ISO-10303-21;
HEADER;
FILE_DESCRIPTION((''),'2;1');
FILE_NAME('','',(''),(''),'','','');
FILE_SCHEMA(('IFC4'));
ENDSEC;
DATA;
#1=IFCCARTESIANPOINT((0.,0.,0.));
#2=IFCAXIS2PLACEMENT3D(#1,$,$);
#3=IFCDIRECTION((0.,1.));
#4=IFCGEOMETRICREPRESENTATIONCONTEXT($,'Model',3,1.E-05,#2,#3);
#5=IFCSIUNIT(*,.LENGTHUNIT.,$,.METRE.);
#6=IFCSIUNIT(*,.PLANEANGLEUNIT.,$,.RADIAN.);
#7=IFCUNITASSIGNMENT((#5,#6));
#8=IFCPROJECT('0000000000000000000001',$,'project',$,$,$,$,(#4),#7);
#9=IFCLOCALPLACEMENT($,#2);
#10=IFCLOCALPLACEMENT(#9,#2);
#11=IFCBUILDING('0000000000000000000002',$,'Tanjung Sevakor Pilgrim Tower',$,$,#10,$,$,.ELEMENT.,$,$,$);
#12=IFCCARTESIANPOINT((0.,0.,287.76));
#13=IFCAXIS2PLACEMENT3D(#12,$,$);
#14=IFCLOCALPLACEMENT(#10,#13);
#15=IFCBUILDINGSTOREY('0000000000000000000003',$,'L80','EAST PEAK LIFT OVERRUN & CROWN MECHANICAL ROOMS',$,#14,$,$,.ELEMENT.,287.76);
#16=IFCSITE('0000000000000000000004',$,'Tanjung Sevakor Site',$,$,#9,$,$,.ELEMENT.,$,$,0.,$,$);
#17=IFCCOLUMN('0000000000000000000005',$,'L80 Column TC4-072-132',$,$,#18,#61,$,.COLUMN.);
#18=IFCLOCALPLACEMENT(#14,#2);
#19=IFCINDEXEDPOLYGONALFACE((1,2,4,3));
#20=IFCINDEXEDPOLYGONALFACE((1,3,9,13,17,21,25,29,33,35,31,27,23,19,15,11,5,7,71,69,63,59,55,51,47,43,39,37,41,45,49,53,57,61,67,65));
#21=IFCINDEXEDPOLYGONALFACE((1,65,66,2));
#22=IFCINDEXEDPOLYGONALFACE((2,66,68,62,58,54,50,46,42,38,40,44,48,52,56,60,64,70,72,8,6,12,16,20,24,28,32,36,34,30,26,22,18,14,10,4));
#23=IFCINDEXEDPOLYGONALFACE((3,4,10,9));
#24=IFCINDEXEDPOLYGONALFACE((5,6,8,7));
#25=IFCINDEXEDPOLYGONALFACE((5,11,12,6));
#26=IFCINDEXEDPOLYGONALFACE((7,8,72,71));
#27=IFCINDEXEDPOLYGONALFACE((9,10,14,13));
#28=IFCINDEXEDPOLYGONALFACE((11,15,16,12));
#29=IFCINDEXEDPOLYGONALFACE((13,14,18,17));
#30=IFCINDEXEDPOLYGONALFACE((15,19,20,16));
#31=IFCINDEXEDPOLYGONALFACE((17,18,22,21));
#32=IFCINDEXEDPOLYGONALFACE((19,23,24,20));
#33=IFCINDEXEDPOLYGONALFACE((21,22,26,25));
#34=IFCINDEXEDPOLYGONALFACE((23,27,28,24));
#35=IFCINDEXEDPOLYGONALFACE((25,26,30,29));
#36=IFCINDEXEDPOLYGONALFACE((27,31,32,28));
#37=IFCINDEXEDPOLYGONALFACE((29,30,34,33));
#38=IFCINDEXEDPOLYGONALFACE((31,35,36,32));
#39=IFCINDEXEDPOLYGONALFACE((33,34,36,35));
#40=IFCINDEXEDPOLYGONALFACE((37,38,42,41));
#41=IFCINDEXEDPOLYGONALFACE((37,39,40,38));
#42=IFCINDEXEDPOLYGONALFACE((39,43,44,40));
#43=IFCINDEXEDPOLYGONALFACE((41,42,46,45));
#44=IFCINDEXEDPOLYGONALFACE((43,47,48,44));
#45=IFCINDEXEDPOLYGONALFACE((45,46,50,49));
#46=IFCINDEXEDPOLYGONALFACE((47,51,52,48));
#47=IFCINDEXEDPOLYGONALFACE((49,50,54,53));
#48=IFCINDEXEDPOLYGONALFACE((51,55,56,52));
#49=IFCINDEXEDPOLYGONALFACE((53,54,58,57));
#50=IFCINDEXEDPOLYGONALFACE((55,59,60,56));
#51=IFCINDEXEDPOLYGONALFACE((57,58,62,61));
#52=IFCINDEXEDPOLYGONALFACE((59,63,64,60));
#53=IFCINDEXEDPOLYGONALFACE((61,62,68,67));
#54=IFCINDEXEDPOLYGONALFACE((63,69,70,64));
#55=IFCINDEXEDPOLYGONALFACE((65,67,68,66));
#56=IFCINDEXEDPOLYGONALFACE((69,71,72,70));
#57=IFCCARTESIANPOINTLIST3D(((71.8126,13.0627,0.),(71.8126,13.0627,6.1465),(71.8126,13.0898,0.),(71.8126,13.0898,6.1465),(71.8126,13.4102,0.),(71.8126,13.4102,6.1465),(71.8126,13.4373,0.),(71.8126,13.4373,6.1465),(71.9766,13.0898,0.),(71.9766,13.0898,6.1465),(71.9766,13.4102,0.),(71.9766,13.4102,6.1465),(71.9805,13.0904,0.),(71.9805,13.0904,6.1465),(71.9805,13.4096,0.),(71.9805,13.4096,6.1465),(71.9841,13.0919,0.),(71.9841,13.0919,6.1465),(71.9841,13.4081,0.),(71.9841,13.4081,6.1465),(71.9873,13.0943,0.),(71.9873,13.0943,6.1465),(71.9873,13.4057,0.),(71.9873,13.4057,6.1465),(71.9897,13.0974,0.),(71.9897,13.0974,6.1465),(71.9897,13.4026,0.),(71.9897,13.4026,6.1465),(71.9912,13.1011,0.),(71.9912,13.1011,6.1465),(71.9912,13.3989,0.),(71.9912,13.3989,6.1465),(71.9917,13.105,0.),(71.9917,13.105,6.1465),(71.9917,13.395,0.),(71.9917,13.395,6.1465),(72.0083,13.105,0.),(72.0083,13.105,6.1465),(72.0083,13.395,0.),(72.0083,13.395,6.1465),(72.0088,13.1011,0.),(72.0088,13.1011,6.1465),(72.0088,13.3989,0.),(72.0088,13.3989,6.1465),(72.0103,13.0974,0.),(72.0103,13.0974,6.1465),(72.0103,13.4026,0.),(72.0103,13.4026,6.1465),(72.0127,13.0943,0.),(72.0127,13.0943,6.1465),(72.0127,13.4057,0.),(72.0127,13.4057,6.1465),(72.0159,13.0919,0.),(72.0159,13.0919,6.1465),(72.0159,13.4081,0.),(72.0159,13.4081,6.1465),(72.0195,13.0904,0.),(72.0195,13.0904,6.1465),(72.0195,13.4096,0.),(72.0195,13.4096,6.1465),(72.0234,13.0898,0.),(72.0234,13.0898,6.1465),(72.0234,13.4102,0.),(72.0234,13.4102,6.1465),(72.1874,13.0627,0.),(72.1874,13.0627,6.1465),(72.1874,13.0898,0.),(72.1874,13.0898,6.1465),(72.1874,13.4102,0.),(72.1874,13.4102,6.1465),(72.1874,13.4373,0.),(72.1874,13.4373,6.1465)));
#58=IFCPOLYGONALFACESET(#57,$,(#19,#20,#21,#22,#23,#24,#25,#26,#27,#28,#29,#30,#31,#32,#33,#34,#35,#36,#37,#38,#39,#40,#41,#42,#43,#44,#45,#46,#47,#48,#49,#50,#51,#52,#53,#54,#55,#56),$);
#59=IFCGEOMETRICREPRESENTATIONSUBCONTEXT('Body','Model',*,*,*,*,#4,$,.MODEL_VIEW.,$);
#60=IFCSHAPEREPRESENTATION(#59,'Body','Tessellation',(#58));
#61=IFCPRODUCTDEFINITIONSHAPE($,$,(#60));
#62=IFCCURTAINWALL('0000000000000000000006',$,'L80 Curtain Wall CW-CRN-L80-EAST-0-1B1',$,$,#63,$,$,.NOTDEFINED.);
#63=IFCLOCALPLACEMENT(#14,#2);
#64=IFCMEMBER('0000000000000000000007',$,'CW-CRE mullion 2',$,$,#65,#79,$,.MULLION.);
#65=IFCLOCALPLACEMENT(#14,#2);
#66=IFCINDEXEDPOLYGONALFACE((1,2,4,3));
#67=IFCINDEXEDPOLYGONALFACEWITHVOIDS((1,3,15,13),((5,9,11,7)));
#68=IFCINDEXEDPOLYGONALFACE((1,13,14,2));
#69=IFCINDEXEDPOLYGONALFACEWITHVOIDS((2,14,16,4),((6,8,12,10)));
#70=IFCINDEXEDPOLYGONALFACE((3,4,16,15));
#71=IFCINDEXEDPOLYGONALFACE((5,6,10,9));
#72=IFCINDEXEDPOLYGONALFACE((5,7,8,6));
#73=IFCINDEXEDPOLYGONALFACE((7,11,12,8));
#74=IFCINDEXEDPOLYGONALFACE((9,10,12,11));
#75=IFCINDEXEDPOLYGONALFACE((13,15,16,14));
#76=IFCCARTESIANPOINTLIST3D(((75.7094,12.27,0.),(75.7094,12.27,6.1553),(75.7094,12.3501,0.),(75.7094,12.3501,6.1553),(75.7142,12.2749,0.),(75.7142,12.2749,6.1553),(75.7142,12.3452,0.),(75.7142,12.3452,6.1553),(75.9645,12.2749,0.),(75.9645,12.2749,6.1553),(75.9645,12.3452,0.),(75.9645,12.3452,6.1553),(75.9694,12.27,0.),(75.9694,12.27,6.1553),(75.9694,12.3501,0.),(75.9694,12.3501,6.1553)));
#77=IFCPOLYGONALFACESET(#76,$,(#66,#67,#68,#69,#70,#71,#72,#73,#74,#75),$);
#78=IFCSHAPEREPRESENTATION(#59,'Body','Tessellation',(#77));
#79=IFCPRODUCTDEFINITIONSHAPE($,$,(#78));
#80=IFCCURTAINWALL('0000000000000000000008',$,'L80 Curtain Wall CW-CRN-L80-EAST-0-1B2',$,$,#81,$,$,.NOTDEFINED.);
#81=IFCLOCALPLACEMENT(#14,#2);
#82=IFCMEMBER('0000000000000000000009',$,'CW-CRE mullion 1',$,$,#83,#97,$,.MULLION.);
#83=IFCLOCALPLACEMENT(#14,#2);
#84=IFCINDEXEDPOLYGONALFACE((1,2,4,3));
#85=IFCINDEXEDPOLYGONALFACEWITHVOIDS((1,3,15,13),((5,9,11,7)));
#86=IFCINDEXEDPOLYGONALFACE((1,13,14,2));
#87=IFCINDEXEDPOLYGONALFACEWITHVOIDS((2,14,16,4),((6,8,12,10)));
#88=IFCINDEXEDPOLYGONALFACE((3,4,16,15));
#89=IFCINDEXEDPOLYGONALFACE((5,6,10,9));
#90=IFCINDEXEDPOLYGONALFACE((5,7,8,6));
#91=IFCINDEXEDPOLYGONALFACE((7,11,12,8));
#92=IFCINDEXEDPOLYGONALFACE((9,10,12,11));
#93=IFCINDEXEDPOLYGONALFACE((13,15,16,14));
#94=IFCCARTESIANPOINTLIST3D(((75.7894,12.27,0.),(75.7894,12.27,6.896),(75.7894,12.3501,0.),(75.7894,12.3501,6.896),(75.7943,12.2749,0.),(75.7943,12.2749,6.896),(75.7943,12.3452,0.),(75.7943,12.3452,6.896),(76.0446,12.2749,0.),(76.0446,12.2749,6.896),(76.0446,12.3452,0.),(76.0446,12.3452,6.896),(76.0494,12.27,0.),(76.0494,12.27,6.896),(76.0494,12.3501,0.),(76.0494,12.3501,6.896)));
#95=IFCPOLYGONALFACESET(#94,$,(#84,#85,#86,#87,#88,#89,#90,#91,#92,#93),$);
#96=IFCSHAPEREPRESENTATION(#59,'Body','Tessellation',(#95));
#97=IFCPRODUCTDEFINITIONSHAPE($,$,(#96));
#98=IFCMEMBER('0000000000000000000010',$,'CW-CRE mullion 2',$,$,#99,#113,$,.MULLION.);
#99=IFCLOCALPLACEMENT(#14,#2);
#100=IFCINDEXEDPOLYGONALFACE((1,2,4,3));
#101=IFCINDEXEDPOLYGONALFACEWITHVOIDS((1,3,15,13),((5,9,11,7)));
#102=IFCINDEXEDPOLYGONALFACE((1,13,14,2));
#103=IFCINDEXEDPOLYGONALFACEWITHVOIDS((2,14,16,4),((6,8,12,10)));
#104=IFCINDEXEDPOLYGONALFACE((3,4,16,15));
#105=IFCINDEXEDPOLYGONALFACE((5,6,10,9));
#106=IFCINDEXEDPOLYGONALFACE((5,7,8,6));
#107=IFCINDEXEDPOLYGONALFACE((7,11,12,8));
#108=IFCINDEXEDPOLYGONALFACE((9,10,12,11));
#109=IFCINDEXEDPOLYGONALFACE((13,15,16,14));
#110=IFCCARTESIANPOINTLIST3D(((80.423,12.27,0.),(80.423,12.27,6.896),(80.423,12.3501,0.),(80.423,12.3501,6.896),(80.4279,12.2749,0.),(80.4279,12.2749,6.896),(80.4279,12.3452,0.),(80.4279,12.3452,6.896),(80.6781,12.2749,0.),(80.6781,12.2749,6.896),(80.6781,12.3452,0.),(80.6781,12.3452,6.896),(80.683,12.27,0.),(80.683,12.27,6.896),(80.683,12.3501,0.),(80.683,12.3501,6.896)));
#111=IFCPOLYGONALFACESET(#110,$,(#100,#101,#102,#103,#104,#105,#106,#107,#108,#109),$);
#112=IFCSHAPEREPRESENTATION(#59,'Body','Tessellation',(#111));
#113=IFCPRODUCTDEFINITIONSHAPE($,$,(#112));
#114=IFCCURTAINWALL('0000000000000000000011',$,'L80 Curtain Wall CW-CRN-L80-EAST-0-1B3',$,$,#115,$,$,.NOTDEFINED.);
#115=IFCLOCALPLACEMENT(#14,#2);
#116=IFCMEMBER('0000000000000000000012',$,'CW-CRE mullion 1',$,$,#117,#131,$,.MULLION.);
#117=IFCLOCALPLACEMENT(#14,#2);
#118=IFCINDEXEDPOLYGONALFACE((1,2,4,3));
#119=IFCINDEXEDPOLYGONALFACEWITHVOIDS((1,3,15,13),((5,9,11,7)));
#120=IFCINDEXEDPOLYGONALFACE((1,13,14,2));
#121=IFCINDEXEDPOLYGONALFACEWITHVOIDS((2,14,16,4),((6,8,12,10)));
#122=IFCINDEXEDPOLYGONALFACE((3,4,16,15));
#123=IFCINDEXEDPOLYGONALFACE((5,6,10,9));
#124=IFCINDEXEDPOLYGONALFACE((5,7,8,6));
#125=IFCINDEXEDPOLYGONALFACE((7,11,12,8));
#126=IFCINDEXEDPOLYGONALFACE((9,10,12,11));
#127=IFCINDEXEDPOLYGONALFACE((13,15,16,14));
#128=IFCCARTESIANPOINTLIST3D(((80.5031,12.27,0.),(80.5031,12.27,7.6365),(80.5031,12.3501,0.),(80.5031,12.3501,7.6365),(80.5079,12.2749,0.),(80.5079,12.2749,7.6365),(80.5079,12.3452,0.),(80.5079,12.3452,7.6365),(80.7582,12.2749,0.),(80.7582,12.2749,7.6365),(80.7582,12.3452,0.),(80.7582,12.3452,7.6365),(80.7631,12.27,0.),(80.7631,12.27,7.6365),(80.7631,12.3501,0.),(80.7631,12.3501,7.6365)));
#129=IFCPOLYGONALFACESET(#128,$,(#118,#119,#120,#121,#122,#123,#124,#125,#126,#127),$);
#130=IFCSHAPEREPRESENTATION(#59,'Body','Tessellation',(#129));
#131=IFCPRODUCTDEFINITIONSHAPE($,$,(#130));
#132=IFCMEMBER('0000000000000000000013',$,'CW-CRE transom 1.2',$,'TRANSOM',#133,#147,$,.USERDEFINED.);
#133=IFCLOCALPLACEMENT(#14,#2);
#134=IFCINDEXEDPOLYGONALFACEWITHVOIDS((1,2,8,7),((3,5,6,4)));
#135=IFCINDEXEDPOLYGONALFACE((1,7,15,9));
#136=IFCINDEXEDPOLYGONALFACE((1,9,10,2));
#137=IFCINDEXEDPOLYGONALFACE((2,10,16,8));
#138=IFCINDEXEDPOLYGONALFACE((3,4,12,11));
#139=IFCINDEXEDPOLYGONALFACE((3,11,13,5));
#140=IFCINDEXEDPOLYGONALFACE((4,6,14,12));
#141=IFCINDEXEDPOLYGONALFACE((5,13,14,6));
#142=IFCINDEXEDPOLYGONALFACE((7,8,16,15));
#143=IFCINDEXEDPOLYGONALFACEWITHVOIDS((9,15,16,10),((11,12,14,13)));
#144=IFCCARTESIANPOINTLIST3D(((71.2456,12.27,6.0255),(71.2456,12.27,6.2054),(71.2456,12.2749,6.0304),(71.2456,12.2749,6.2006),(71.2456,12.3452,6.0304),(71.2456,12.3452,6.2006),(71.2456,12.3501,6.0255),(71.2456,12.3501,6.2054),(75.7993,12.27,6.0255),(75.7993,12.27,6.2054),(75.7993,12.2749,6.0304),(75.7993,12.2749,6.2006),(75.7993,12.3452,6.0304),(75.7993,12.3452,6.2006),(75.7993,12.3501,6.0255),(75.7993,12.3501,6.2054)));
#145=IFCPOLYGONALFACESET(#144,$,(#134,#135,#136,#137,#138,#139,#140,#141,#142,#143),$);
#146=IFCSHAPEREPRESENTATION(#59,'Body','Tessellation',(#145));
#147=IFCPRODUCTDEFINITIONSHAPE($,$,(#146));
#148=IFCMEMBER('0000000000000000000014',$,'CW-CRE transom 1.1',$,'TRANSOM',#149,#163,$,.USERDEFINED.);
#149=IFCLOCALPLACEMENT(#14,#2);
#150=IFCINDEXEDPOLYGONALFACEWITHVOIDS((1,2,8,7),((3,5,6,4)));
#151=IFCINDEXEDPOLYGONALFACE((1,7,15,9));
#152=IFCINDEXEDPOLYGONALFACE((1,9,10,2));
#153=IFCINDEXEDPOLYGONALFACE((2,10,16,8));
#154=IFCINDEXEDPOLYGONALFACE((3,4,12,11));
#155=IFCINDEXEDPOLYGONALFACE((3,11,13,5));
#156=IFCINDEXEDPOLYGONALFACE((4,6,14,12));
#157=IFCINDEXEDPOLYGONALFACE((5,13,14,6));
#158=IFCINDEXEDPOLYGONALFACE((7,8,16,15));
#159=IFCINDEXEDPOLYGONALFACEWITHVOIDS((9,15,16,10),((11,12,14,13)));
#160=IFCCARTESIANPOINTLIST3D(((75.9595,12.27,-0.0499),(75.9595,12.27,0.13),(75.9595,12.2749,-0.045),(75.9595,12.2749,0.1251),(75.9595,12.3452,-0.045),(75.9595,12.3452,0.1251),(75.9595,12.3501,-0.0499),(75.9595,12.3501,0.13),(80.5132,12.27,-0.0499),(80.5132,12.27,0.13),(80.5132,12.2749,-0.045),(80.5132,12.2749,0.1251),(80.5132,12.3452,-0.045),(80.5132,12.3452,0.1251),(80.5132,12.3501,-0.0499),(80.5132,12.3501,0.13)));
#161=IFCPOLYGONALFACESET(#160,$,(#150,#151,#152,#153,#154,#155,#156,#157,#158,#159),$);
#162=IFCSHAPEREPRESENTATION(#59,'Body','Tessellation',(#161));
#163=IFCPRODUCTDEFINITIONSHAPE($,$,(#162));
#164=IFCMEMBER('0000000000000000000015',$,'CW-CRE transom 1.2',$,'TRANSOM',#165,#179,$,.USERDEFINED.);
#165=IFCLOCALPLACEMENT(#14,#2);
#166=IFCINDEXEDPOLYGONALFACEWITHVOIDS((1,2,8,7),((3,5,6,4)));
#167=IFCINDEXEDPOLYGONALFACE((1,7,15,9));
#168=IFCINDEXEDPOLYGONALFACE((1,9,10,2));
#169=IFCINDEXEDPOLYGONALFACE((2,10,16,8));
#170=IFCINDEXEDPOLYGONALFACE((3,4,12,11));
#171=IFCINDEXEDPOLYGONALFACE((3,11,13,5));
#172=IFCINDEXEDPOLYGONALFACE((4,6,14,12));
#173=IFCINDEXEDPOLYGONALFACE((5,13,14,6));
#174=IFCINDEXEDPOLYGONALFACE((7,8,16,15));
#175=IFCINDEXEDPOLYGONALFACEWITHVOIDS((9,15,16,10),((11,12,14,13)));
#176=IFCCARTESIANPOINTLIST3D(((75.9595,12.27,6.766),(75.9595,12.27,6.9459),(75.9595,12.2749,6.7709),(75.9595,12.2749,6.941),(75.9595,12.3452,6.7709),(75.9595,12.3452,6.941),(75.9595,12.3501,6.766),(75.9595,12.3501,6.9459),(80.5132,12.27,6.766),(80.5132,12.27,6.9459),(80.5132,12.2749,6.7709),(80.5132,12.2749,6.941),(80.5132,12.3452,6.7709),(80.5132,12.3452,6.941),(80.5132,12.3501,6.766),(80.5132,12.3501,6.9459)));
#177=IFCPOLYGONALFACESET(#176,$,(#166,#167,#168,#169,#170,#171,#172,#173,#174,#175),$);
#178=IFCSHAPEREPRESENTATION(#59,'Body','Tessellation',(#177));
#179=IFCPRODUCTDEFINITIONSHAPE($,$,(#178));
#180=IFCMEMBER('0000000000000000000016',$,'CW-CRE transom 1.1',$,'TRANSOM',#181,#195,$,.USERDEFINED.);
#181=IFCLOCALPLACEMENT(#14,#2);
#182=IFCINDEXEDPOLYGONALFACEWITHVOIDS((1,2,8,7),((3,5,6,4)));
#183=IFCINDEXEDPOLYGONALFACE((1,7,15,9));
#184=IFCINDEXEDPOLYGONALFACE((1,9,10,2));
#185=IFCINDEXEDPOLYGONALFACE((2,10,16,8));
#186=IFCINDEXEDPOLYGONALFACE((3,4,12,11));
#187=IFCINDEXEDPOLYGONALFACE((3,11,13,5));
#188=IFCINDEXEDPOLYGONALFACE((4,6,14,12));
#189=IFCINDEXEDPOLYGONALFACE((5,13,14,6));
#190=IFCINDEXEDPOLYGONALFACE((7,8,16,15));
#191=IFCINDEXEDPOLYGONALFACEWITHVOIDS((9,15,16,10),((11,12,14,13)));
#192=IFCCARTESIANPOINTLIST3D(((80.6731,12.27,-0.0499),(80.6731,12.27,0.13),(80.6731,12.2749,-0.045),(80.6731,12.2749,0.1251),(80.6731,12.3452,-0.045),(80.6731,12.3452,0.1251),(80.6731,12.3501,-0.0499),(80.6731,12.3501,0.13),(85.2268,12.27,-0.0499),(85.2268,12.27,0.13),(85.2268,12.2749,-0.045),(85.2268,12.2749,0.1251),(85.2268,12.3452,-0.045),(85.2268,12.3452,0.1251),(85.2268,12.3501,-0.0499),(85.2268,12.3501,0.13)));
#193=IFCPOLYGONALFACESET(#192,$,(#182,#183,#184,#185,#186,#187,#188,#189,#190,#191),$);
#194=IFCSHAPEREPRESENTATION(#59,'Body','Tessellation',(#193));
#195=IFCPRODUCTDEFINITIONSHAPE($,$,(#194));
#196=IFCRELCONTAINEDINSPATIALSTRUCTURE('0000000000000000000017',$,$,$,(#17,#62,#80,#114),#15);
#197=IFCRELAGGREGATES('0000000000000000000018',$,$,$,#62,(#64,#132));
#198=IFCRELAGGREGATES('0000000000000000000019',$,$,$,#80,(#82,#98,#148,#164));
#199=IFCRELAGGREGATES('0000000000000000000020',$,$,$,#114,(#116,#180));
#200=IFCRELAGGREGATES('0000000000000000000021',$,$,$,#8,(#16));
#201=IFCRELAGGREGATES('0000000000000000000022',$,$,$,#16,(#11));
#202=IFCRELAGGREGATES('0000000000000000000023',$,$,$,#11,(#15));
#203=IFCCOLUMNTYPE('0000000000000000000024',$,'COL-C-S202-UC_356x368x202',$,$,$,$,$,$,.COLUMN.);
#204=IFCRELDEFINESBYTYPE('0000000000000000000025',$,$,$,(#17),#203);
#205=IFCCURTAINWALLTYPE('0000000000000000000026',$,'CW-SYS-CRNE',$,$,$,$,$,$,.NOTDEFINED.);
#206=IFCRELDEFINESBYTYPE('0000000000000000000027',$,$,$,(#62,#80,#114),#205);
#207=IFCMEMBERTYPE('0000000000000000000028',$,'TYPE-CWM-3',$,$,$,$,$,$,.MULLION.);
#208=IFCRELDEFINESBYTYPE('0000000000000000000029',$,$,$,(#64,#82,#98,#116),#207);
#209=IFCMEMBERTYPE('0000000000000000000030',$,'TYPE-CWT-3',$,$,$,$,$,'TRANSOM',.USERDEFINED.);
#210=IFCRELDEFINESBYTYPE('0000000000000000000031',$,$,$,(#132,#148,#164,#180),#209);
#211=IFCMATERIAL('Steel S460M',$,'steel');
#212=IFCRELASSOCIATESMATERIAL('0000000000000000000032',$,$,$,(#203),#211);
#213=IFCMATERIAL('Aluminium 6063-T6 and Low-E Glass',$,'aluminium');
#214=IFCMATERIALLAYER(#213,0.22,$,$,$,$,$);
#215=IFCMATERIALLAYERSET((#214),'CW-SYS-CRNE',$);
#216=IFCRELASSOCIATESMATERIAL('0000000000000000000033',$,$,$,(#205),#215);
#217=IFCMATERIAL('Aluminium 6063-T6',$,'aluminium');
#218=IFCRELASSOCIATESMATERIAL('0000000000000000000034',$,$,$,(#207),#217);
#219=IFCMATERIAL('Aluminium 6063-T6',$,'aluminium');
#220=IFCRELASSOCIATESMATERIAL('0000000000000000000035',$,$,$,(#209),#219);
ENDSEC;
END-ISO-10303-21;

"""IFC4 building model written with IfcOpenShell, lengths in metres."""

from ifc_helpers import new_model, si_unit, direction, frame, origin, origin_2d, place, context, subcontext, project, spatial, hollow_rectangle, i_section, extrude, material, layer, layer_set, material_profile, profile_set, type_object, element, aggregate, save


model = new_model("IFC4")

# Units and contexts
model_context = context("Model", 3, precision=1e-05, world=origin(), true_north=direction((0.0, 1.0)))
body_context = subcontext(model_context, "Body", "Model", "MODEL_VIEW")
ifc_project = project(units=[si_unit("LENGTHUNIT", "METRE"), si_unit("PLANEANGLEUNIT", "RADIAN")], contexts=[model_context])

# Site, building, storey
site_placement = place(None, origin())
site = spatial("IfcSite", under=ifc_project, at=site_placement, Name="Tanjung Sevakor Site", CompositionType="ELEMENT", RefElevation=0.0)
building_placement = place(site_placement, origin())
building = spatial("IfcBuilding", under=site, at=building_placement, Name="Tanjung Sevakor Pilgrim Tower", CompositionType="ELEMENT")
storey_placement = place(building_placement, frame((0.0, 0.0, 287.76)))
storey = spatial("IfcBuildingStorey", under=building, at=storey_placement, Name="L80", Description="EAST PEAK LIFT OVERRUN & CROWN MECHANICAL ROOMS", CompositionType="ELEMENT", Elevation=287.76)

# Column
ifc_material_1 = material(Name="Steel S460M", Category="steel")
ifc_material_profile_1 = material_profile(ifc_material_1, i_section(OverallWidth=0.3748, OverallDepth=0.3745, WebThickness=0.0166, FlangeThickness=0.0271, FilletRadius=0.0151, at=origin_2d()))
ifc_profile_set_1 = profile_set([ifc_material_profile_1], Name="Steel S460M")
column_type = type_object("IfcColumnType", Name="COL-C-S202-UC_356x368x202", PredefinedType="COLUMN", material=ifc_profile_set_1)
column_placement = place(storey_placement, frame((72.0, 13.25, 0.0), z_axis=(0.0, 0.0, 1.0), x_axis=(1.0, 0.0, 0.0)))
element("IfcColumn", 1, at=column_placement, inside=storey, type_object=column_type, Name="L80 Column TC4-072-132", PredefinedType="COLUMN", context=body_context, shape_type="SweptSolid", body=[
    extrude(i_section(OverallWidth=0.3748, OverallDepth=0.3745, WebThickness=0.0166, FlangeThickness=0.0271, FilletRadius=0.0151, at=origin_2d()), origin(), (0.0, 0.0, 1.0), 6.1465),
])

# Curtain wall, member
ifc_material_2 = material(Name="Aluminium 6063-T6 and Low-E Glass", Category="aluminium")
ifc_layer_1 = layer(ifc_material_2, 0.22)
ifc_layer_set_1 = layer_set([ifc_layer_1], Name="CW-SYS-CRNE")
curtain_wall_type = type_object("IfcCurtainWallType", Name="CW-SYS-CRNE", PredefinedType="NOTDEFINED", material=ifc_layer_set_1)
curtain_wall_1_placement = place(storey_placement, origin())
curtain_wall_1 = element("IfcCurtainWall", 2, at=curtain_wall_1_placement, inside=storey, type_object=curtain_wall_type, Name="L80 Curtain Wall CW-CRN-L80-EAST-0-1B1", PredefinedType="NOTDEFINED")
ifc_material_3 = material(Name="Aluminium 6063-T6", Category="aluminium")
ifc_material_profile_2 = material_profile(ifc_material_3, hollow_rectangle(XDim=0.0801, YDim=0.26, WallThickness=0.0049, at=origin_2d()))
ifc_profile_set_2 = profile_set([ifc_material_profile_2], Name="Aluminium 6063-T6")
member_type_1 = type_object("IfcMemberType", Name="TYPE-CWM-3", PredefinedType="MULLION", material=ifc_profile_set_2)
member_1_placement = place(storey_placement, frame((75.8394, 12.3101, 0.0), z_axis=(0.0, 0.0, 1.0), x_axis=(0.0, 1.0, 0.0)))
member_1 = element("IfcMember", 3, at=member_1_placement, type_object=member_type_1, Name="CW-CRE mullion 2", PredefinedType="MULLION", context=body_context, shape_type="SweptSolid", body=[
    extrude(hollow_rectangle(XDim=0.0801, YDim=0.26, WallThickness=0.0049, at=origin_2d()), origin(), (0.0, 0.0, 1.0), 6.1553),
])

# Curtain wall, members
curtain_wall_2_placement = place(storey_placement, origin())
curtain_wall_2 = element("IfcCurtainWall", 4, at=curtain_wall_2_placement, inside=storey, type_object=curtain_wall_type, Name="L80 Curtain Wall CW-CRN-L80-EAST-0-1B2", PredefinedType="NOTDEFINED")
member_2_placement = place(storey_placement, frame((75.9194, 12.3101, 0.0), z_axis=(0.0, 0.0, 1.0), x_axis=(0.0, 1.0, 0.0)))
member_2 = element("IfcMember", 5, at=member_2_placement, type_object=member_type_1, Name="CW-CRE mullion 1", PredefinedType="MULLION", context=body_context, shape_type="SweptSolid", body=[
    extrude(hollow_rectangle(XDim=0.0801, YDim=0.26, WallThickness=0.0049, at=origin_2d()), origin(), (0.0, 0.0, 1.0), 6.896),
])
member_3_placement = place(storey_placement, frame((80.553, 12.3101, 0.0), z_axis=(0.0, 0.0, 1.0), x_axis=(0.0, 1.0, 0.0)))
member_3 = element("IfcMember", 6, at=member_3_placement, type_object=member_type_1, Name="CW-CRE mullion 2", PredefinedType="MULLION", context=body_context, shape_type="SweptSolid", body=[
    extrude(hollow_rectangle(XDim=0.0801, YDim=0.26, WallThickness=0.0049, at=origin_2d()), origin(), (0.0, 0.0, 1.0), 6.896),
])

# Curtain wall, member
curtain_wall_3_placement = place(storey_placement, origin())
curtain_wall_3 = element("IfcCurtainWall", 7, at=curtain_wall_3_placement, inside=storey, type_object=curtain_wall_type, Name="L80 Curtain Wall CW-CRN-L80-EAST-0-1B3", PredefinedType="NOTDEFINED")
member_4_placement = place(storey_placement, frame((80.6331, 12.3101, 0.0), z_axis=(0.0, 0.0, 1.0), x_axis=(0.0, 1.0, 0.0)))
member_4 = element("IfcMember", 8, at=member_4_placement, type_object=member_type_1, Name="CW-CRE mullion 1", PredefinedType="MULLION", context=body_context, shape_type="SweptSolid", body=[
    extrude(hollow_rectangle(XDim=0.0801, YDim=0.26, WallThickness=0.0049, at=origin_2d()), origin(), (0.0, 0.0, 1.0), 7.6365),
])

# Members
ifc_material_4 = material(Name="Aluminium 6063-T6", Category="aluminium")
ifc_material_profile_3 = material_profile(ifc_material_4, hollow_rectangle(XDim=0.0801, YDim=0.1799, WallThickness=0.0049, at=origin_2d()))
ifc_profile_set_3 = profile_set([ifc_material_profile_3], Name="Aluminium 6063-T6")
member_type_2 = type_object("IfcMemberType", Name="TYPE-CWT-3", ElementType="TRANSOM", PredefinedType="USERDEFINED", material=ifc_profile_set_3)
member_5_placement = place(storey_placement, frame((71.2456, 12.3101, 6.1155), z_axis=(1.0, 0.0, 0.0), x_axis=(0.0, 1.0, 0.0)))
member_5 = element("IfcMember", 9, at=member_5_placement, type_object=member_type_2, Name="CW-CRE transom 1.2", ObjectType="TRANSOM", PredefinedType="USERDEFINED", context=body_context, shape_type="SweptSolid", body=[
    extrude(hollow_rectangle(XDim=0.0801, YDim=0.1799, WallThickness=0.0049, at=origin_2d()), origin(), (0.0, 0.0, 1.0), 4.5537),
])
member_6_placement = place(storey_placement, frame((75.9595, 12.3101, 0.04), z_axis=(1.0, 0.0, 0.0), x_axis=(0.0, 1.0, 0.0)))
member_6 = element("IfcMember", 10, at=member_6_placement, type_object=member_type_2, Name="CW-CRE transom 1.1", ObjectType="TRANSOM", PredefinedType="USERDEFINED", context=body_context, shape_type="SweptSolid", body=[
    extrude(hollow_rectangle(XDim=0.0801, YDim=0.1799, WallThickness=0.0049, at=origin_2d()), origin(), (0.0, 0.0, 1.0), 4.5537),
])
member_7_placement = place(storey_placement, frame((75.9595, 12.3101, 6.856), z_axis=(1.0, 0.0, 0.0), x_axis=(0.0, 1.0, 0.0)))
member_7 = element("IfcMember", 11, at=member_7_placement, type_object=member_type_2, Name="CW-CRE transom 1.2", ObjectType="TRANSOM", PredefinedType="USERDEFINED", context=body_context, shape_type="SweptSolid", body=[
    extrude(hollow_rectangle(XDim=0.0801, YDim=0.1799, WallThickness=0.0049, at=origin_2d()), origin(), (0.0, 0.0, 1.0), 4.5537),
])
member_8_placement = place(storey_placement, frame((80.6731, 12.3101, 0.04), z_axis=(1.0, 0.0, 0.0), x_axis=(0.0, 1.0, 0.0)))
member_8 = element("IfcMember", 12, at=member_8_placement, type_object=member_type_2, Name="CW-CRE transom 1.1", ObjectType="TRANSOM", PredefinedType="USERDEFINED", context=body_context, shape_type="SweptSolid", body=[
    extrude(hollow_rectangle(XDim=0.0801, YDim=0.1799, WallThickness=0.0049, at=origin_2d()), origin(), (0.0, 0.0, 1.0), 4.5537),
])

aggregate(curtain_wall_1, [member_1, member_5])
aggregate(curtain_wall_2, [member_2, member_3, member_6, member_7])
aggregate(curtain_wall_3, [member_4, member_8])

save(model, "model.ifc")
